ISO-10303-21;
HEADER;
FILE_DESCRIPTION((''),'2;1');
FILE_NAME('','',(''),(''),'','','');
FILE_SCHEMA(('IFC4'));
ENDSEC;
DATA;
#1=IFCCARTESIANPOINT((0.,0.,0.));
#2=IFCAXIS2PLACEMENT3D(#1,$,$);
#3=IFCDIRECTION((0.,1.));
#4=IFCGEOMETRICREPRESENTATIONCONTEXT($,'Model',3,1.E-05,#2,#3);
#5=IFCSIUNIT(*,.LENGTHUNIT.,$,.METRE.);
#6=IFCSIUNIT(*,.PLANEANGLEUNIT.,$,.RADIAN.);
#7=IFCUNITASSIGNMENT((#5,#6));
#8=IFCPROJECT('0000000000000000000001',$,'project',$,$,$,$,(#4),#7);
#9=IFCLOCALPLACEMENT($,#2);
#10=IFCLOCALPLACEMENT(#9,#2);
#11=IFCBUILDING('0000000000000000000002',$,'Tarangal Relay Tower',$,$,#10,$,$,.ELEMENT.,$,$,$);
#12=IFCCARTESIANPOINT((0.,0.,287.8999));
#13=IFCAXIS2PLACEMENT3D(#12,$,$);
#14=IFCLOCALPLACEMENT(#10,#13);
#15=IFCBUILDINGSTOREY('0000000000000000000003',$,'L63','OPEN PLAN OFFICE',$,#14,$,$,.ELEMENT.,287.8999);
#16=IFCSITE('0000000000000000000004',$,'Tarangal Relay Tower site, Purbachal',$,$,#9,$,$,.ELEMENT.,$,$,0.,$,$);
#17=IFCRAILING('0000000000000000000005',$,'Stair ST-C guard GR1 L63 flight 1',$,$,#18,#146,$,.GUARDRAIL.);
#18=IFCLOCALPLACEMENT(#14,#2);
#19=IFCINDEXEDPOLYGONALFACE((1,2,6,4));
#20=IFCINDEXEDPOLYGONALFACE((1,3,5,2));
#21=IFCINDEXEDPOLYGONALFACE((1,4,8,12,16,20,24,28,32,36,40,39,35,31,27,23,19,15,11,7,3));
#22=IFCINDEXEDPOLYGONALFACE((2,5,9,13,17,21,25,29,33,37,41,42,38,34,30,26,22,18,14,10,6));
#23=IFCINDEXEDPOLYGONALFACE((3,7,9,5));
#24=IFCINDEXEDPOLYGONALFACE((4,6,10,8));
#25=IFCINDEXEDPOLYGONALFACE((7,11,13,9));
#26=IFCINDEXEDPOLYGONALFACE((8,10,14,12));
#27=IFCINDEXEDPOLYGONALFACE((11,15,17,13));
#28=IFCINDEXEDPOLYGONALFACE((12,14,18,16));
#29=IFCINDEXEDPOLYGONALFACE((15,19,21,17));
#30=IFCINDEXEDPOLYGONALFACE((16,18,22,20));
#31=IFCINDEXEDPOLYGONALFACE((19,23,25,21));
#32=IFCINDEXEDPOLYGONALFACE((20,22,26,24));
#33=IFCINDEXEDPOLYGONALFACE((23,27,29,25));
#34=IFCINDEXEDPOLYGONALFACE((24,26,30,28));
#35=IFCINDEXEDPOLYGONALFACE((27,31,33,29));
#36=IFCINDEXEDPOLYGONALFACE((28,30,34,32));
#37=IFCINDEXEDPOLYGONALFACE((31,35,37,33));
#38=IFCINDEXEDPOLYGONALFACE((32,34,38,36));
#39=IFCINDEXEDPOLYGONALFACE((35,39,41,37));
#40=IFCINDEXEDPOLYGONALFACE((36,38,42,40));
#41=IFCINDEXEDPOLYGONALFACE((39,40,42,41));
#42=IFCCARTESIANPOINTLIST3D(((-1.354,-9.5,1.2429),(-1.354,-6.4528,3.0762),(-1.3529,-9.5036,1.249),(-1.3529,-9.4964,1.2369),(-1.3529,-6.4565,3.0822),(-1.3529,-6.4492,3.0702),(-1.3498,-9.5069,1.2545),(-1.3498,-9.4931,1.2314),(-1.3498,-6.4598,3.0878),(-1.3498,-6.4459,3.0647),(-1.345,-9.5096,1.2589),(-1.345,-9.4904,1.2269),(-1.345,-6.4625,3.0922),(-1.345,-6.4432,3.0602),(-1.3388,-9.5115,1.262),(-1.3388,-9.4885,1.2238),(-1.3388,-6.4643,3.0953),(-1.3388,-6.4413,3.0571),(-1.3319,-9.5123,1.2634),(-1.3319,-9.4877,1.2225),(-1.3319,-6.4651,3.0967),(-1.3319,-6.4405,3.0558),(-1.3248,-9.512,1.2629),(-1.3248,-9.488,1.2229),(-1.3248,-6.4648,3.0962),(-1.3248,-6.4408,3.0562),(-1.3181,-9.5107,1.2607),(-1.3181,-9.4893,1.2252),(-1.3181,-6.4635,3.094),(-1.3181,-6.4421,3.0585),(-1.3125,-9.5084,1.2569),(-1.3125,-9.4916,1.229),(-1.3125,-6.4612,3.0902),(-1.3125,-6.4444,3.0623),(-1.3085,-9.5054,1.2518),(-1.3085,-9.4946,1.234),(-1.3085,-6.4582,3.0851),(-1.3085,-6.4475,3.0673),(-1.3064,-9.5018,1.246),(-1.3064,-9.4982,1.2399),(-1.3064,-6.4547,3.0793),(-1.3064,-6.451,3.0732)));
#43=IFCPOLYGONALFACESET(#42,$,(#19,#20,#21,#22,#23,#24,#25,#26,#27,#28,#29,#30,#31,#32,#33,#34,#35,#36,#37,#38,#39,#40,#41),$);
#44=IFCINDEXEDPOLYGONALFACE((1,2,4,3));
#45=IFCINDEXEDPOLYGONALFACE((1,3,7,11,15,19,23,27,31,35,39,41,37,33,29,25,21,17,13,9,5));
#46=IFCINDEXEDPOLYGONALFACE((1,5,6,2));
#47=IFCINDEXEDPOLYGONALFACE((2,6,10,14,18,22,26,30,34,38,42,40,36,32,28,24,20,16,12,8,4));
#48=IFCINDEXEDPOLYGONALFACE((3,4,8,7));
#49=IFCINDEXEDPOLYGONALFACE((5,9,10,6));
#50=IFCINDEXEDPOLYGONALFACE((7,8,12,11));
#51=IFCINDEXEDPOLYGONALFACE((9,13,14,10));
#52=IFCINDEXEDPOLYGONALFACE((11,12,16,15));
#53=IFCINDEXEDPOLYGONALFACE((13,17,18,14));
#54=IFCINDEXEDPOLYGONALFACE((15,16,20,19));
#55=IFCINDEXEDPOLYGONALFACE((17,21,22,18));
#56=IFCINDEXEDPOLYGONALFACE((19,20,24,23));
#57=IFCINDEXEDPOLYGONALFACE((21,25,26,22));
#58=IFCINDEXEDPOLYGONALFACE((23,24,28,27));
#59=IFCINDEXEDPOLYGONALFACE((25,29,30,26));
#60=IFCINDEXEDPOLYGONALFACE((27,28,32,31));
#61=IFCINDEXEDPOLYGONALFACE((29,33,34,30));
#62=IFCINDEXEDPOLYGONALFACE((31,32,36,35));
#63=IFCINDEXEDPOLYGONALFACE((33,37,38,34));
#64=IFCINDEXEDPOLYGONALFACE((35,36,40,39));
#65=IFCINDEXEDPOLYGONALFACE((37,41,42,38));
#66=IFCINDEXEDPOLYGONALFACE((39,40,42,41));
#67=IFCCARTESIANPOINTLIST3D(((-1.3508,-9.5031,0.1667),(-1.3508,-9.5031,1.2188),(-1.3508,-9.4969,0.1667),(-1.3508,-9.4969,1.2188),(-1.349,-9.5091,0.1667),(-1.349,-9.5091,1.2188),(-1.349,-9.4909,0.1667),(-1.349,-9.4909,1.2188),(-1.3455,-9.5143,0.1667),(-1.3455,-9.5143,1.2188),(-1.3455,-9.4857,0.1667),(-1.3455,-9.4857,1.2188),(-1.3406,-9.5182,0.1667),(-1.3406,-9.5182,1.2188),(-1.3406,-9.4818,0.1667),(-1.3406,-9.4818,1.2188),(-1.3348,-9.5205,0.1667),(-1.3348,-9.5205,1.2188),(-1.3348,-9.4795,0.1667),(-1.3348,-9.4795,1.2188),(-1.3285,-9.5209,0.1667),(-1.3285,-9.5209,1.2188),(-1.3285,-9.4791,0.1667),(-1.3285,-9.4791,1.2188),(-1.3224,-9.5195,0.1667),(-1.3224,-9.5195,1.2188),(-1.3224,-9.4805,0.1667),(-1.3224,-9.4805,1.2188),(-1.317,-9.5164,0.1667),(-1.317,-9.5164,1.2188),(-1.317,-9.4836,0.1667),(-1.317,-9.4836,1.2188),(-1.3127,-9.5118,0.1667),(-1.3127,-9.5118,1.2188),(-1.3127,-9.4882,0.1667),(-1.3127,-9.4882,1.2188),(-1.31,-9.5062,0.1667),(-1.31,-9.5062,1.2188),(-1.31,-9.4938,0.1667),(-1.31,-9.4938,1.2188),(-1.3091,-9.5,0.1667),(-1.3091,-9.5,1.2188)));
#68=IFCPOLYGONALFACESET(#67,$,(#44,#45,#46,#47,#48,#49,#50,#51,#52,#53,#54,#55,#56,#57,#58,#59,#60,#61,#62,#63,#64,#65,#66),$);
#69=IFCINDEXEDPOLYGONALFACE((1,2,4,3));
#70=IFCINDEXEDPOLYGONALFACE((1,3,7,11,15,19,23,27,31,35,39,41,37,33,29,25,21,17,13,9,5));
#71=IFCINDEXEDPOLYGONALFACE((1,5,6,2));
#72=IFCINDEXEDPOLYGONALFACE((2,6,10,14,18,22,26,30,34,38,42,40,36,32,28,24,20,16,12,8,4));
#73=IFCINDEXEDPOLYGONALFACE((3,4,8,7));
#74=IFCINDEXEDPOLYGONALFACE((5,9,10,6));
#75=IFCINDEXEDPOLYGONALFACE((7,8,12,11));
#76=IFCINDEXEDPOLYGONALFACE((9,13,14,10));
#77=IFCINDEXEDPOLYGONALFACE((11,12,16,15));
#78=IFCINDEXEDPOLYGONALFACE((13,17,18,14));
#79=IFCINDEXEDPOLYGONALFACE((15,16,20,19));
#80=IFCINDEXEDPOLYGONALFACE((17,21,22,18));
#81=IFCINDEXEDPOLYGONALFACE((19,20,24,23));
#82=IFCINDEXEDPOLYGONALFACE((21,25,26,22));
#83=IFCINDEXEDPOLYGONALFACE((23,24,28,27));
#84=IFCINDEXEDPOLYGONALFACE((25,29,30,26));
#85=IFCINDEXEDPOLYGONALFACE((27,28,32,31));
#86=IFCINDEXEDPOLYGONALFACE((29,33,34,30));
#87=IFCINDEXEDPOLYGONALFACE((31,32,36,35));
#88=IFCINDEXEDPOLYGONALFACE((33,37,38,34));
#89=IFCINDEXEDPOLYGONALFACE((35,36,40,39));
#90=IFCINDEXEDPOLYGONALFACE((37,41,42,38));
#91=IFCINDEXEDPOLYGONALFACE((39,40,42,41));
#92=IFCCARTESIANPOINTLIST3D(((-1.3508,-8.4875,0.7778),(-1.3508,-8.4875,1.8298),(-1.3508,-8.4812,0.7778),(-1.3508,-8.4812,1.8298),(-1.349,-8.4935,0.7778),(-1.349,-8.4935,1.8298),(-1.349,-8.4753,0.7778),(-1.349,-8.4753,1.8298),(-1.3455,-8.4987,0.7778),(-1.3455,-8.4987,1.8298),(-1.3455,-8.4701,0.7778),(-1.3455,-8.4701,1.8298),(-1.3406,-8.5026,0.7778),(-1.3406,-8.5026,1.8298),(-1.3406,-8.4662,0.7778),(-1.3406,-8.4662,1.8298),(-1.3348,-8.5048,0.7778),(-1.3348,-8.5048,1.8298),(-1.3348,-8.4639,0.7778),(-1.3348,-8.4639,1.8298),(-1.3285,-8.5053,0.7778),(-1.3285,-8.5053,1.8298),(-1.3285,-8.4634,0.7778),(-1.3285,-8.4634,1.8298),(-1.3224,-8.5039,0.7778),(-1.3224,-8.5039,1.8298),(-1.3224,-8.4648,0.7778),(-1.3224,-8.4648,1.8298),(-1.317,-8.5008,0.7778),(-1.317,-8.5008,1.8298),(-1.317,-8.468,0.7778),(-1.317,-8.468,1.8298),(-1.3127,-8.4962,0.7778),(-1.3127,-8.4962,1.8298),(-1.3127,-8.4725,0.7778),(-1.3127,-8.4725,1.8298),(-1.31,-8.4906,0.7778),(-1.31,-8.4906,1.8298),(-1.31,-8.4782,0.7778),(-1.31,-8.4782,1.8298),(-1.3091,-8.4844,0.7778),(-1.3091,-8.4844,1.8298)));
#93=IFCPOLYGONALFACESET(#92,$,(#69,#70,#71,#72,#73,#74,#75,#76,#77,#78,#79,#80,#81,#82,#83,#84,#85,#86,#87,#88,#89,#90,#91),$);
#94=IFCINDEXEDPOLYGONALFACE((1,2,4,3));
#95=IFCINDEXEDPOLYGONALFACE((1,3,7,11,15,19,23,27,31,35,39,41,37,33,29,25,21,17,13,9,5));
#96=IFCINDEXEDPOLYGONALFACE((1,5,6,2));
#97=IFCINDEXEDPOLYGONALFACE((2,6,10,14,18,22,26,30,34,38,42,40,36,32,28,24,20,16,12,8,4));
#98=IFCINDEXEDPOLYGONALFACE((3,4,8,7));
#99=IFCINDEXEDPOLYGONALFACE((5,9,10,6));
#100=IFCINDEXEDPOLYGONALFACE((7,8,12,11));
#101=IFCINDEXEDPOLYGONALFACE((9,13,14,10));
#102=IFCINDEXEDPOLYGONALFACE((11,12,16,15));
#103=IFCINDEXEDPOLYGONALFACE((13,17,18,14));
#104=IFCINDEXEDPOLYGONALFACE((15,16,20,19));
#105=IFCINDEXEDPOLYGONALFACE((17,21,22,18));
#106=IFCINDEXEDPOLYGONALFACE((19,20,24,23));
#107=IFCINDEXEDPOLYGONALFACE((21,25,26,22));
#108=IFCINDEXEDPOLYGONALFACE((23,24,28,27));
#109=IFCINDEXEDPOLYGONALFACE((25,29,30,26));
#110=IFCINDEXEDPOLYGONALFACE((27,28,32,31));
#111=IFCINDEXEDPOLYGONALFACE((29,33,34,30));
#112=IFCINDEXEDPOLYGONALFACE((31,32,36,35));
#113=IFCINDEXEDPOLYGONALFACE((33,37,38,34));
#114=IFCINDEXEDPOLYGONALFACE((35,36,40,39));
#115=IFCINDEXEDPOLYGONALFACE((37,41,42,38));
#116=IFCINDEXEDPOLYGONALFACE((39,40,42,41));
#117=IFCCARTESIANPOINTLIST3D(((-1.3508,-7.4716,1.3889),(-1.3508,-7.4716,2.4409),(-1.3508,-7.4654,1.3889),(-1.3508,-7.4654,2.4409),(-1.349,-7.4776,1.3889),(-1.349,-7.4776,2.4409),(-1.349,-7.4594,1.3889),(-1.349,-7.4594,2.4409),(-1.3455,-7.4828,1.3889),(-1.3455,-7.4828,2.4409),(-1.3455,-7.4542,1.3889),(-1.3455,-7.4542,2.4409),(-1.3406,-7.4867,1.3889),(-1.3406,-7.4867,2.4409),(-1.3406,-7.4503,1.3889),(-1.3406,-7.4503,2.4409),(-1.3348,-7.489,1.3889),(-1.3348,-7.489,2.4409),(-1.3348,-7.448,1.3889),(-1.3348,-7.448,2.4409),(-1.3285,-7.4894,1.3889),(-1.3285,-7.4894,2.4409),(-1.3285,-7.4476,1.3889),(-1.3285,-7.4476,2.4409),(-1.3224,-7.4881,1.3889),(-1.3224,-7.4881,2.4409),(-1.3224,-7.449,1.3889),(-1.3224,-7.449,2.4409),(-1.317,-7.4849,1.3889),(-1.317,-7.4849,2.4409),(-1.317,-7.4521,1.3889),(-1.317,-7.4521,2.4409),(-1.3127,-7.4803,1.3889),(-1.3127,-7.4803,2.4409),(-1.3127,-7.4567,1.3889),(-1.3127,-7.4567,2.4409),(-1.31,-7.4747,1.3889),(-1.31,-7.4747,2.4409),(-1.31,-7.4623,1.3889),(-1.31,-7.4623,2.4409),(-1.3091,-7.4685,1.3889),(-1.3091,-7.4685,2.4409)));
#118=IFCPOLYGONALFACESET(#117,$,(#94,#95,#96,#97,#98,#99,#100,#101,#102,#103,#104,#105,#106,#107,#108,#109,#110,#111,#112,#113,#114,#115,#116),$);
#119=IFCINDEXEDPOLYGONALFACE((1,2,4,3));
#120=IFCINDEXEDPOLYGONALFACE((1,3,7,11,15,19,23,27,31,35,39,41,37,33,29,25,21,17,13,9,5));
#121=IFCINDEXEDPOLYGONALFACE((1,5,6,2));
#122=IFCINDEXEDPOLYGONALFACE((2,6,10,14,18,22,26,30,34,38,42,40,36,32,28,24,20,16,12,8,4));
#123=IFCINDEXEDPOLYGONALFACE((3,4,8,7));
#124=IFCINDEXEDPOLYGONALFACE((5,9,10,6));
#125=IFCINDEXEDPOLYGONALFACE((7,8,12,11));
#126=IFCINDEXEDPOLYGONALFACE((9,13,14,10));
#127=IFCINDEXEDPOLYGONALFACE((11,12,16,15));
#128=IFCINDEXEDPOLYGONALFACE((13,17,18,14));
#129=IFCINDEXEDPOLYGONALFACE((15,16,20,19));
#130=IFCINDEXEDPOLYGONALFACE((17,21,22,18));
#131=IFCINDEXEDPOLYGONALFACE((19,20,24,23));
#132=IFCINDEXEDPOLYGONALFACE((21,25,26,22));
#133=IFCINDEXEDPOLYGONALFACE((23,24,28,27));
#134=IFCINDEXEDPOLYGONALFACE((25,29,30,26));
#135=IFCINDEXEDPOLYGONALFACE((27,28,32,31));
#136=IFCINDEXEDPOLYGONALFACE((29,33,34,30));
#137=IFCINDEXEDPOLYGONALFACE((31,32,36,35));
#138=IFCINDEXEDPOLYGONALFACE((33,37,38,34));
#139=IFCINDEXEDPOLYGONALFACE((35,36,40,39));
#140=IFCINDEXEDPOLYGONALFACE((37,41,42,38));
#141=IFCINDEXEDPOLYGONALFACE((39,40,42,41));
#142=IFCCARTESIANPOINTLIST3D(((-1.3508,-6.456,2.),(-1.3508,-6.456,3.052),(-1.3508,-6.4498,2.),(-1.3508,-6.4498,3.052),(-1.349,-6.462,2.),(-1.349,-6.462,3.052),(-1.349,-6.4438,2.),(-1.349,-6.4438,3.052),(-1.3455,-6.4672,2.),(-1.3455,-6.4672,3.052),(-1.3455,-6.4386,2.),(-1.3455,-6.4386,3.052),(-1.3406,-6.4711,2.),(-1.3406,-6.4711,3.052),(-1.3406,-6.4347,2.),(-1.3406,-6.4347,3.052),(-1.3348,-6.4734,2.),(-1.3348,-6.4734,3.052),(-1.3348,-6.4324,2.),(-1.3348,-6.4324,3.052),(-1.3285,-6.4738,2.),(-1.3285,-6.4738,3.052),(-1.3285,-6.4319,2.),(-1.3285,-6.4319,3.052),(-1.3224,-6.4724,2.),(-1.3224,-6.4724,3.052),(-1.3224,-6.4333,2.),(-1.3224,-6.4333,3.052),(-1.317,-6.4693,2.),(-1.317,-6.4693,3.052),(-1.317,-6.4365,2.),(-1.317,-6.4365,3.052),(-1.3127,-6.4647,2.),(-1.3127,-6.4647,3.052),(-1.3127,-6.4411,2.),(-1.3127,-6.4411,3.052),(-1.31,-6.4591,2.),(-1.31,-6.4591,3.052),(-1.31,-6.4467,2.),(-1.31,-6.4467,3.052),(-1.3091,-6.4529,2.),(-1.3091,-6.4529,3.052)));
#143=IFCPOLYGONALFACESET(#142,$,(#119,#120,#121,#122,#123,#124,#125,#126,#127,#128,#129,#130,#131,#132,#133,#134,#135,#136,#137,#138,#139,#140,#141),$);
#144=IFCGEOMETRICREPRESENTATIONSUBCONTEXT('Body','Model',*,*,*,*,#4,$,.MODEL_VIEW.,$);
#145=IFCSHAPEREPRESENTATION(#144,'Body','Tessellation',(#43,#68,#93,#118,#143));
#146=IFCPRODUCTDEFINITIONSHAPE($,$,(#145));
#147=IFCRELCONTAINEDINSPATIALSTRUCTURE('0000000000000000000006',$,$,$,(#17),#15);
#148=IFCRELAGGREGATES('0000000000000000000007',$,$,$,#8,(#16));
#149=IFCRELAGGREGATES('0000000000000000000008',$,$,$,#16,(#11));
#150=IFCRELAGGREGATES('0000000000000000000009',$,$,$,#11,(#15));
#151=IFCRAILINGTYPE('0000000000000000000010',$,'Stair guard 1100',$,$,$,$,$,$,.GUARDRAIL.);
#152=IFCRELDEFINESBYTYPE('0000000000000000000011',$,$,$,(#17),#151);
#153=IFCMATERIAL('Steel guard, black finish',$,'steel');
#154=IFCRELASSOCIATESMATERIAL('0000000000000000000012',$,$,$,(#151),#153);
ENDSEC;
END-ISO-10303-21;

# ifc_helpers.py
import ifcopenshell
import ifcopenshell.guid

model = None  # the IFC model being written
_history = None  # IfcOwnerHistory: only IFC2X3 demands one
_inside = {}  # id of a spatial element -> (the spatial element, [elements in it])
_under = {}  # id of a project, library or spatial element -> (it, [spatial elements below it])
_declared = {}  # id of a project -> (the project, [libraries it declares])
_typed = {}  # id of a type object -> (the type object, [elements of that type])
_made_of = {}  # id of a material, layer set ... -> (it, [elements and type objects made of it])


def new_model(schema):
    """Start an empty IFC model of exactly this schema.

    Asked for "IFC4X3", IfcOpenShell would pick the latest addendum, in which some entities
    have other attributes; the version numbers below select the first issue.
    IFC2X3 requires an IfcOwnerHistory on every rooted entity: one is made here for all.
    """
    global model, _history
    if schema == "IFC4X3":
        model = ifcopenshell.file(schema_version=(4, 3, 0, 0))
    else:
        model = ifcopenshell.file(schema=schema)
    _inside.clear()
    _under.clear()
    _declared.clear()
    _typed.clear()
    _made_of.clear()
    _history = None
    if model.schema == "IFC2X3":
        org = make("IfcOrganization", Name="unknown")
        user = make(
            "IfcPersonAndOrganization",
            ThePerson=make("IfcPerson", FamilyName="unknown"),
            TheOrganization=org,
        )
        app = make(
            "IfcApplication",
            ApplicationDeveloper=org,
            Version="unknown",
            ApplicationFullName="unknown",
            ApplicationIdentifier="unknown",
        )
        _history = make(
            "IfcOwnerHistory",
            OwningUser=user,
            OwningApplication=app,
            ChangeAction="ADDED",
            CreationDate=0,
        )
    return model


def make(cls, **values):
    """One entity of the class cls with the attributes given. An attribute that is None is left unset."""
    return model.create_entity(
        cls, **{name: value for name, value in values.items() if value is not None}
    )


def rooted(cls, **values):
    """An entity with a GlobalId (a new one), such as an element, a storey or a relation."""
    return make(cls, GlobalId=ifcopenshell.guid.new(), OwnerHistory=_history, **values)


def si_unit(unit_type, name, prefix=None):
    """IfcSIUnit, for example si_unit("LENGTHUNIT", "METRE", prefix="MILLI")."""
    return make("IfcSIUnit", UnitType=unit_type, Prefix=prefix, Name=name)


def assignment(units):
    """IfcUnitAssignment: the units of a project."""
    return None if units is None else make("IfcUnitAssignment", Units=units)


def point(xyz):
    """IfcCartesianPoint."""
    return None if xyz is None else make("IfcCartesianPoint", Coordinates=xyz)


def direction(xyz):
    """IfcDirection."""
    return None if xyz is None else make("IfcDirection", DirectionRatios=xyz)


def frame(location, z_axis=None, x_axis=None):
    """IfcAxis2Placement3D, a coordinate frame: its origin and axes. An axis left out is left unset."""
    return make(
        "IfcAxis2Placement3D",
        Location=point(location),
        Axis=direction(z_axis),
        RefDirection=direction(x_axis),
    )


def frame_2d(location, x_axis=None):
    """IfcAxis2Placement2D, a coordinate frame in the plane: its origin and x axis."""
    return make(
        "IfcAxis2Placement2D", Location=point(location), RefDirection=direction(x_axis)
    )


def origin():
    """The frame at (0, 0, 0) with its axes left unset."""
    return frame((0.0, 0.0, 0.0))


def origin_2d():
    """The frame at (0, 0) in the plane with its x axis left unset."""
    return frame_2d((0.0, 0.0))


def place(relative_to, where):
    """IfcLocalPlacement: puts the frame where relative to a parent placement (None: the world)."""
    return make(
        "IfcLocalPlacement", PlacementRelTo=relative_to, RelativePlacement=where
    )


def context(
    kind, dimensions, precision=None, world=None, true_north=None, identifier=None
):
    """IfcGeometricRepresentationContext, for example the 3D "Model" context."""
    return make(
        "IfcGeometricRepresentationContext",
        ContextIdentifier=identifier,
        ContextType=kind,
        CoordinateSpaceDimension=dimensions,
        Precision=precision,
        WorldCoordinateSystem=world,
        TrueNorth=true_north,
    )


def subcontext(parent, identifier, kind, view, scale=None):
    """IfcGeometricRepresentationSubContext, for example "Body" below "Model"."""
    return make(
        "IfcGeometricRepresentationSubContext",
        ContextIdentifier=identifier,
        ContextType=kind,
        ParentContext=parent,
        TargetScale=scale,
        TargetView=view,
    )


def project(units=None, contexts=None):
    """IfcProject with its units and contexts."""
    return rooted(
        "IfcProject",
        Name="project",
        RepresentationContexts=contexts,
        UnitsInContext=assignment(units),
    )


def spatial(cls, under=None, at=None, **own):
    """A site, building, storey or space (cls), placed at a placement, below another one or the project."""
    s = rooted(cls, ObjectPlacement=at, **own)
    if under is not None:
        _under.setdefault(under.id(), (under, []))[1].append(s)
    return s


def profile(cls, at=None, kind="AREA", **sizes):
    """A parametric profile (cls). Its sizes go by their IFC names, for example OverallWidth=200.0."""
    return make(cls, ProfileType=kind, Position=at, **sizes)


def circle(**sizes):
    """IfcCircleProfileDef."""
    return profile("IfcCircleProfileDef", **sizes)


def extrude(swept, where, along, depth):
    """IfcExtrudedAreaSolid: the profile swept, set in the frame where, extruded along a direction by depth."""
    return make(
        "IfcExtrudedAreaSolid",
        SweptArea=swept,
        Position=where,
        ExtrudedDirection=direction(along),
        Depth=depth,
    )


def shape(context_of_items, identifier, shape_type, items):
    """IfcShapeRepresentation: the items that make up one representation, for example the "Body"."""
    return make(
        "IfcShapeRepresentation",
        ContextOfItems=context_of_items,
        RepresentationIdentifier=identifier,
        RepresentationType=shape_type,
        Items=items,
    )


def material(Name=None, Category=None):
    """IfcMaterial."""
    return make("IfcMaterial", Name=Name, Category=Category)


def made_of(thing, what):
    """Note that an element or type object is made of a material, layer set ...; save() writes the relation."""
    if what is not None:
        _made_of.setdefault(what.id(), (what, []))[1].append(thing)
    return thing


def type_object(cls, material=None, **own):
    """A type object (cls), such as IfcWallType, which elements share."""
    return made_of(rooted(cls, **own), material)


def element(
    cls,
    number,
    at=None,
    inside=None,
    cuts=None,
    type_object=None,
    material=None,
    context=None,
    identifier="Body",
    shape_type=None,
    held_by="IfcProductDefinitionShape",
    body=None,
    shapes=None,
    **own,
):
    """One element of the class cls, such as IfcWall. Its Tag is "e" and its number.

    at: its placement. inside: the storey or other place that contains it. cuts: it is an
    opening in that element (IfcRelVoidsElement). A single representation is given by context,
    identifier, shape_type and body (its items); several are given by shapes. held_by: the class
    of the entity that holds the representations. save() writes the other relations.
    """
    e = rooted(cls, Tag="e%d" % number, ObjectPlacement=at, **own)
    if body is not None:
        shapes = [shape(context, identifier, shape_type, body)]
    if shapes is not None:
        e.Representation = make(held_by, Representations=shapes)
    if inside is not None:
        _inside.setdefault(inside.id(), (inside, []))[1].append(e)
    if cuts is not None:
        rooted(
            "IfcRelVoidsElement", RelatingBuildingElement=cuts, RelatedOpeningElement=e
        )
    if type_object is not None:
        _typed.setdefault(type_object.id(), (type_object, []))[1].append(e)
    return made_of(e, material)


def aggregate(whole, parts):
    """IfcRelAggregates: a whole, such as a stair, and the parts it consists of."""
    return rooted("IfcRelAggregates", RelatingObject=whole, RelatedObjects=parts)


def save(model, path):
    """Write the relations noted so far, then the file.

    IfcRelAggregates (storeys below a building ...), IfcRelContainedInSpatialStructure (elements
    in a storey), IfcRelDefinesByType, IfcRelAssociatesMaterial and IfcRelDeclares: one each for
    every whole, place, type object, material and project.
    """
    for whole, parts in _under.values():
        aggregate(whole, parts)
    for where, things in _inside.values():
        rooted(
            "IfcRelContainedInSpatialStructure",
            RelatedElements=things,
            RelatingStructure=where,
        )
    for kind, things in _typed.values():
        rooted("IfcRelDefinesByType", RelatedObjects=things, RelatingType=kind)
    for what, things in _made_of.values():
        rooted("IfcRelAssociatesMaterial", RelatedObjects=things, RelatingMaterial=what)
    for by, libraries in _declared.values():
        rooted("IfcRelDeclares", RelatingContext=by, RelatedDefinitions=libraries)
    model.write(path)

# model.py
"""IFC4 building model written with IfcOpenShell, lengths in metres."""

from ifc_helpers import new_model, si_unit, direction, frame, origin, origin_2d, place, context, subcontext, project, spatial, circle, extrude, material, type_object, element, save


model = new_model("IFC4")

# Units and contexts
model_context = context("Model", 3, precision=1e-05, world=origin(), true_north=direction((0.0, 1.0)))
body_context = subcontext(model_context, "Body", "Model", "MODEL_VIEW")
ifc_project = project(units=[si_unit("LENGTHUNIT", "METRE"), si_unit("PLANEANGLEUNIT", "RADIAN")], contexts=[model_context])

# Site, building, storey
site_placement = place(None, origin())
site = spatial("IfcSite", under=ifc_project, at=site_placement, Name="Tarangal Relay Tower site, Purbachal", CompositionType="ELEMENT", RefElevation=0.0)
building_placement = place(site_placement, origin())
building = spatial("IfcBuilding", under=site, at=building_placement, Name="Tarangal Relay Tower", CompositionType="ELEMENT")
storey_placement = place(building_placement, frame((0.0, 0.0, 287.8999)))
storey = spatial("IfcBuildingStorey", under=building, at=storey_placement, Name="L63", Description="OPEN PLAN OFFICE", CompositionType="ELEMENT", Elevation=287.8999)

# Railing
ifc_material_1 = material(Name="Steel guard, black finish", Category="steel")
railing_type_1 = type_object("IfcRailingType", Name="Stair guard 1100", PredefinedType="GUARDRAIL", material=ifc_material_1)
railing_1_placement = place(storey_placement, frame((-1.3301, -9.5, 0.1667)))
element("IfcRailing", 1, at=railing_1_placement, inside=storey, type_object=railing_type_1, Name="Stair ST-C guard GR1 L63 flight 1", PredefinedType="GUARDRAIL", context=body_context, shape_type="SweptSolid", body=[
    extrude(circle(Radius=0.0239, at=origin_2d()), frame((0.0, 0.0, 1.0762), z_axis=(0.0, 0.856874, 0.515525), x_axis=(-1.0, 0.0, 0.0)), (0.0, 0.0, 1.0), 3.5562),
    extrude(circle(Radius=0.021, at=origin_2d()), origin(), (0.0, 0.0, 1.0), 1.052),
    extrude(circle(Radius=0.021, at=origin_2d()), frame((0.0, 1.0156, 0.6111)), (0.0, 0.0, 1.0), 1.052),
    extrude(circle(Radius=0.021, at=origin_2d()), frame((0.0, 2.0315, 1.2222)), (0.0, 0.0, 1.0), 1.052),
    extrude(circle(Radius=0.021, at=origin_2d()), frame((0.0, 3.0471, 1.8333)), (0.0, 0.0, 1.0), 1.052),
])

save(model, "model.ifc")
